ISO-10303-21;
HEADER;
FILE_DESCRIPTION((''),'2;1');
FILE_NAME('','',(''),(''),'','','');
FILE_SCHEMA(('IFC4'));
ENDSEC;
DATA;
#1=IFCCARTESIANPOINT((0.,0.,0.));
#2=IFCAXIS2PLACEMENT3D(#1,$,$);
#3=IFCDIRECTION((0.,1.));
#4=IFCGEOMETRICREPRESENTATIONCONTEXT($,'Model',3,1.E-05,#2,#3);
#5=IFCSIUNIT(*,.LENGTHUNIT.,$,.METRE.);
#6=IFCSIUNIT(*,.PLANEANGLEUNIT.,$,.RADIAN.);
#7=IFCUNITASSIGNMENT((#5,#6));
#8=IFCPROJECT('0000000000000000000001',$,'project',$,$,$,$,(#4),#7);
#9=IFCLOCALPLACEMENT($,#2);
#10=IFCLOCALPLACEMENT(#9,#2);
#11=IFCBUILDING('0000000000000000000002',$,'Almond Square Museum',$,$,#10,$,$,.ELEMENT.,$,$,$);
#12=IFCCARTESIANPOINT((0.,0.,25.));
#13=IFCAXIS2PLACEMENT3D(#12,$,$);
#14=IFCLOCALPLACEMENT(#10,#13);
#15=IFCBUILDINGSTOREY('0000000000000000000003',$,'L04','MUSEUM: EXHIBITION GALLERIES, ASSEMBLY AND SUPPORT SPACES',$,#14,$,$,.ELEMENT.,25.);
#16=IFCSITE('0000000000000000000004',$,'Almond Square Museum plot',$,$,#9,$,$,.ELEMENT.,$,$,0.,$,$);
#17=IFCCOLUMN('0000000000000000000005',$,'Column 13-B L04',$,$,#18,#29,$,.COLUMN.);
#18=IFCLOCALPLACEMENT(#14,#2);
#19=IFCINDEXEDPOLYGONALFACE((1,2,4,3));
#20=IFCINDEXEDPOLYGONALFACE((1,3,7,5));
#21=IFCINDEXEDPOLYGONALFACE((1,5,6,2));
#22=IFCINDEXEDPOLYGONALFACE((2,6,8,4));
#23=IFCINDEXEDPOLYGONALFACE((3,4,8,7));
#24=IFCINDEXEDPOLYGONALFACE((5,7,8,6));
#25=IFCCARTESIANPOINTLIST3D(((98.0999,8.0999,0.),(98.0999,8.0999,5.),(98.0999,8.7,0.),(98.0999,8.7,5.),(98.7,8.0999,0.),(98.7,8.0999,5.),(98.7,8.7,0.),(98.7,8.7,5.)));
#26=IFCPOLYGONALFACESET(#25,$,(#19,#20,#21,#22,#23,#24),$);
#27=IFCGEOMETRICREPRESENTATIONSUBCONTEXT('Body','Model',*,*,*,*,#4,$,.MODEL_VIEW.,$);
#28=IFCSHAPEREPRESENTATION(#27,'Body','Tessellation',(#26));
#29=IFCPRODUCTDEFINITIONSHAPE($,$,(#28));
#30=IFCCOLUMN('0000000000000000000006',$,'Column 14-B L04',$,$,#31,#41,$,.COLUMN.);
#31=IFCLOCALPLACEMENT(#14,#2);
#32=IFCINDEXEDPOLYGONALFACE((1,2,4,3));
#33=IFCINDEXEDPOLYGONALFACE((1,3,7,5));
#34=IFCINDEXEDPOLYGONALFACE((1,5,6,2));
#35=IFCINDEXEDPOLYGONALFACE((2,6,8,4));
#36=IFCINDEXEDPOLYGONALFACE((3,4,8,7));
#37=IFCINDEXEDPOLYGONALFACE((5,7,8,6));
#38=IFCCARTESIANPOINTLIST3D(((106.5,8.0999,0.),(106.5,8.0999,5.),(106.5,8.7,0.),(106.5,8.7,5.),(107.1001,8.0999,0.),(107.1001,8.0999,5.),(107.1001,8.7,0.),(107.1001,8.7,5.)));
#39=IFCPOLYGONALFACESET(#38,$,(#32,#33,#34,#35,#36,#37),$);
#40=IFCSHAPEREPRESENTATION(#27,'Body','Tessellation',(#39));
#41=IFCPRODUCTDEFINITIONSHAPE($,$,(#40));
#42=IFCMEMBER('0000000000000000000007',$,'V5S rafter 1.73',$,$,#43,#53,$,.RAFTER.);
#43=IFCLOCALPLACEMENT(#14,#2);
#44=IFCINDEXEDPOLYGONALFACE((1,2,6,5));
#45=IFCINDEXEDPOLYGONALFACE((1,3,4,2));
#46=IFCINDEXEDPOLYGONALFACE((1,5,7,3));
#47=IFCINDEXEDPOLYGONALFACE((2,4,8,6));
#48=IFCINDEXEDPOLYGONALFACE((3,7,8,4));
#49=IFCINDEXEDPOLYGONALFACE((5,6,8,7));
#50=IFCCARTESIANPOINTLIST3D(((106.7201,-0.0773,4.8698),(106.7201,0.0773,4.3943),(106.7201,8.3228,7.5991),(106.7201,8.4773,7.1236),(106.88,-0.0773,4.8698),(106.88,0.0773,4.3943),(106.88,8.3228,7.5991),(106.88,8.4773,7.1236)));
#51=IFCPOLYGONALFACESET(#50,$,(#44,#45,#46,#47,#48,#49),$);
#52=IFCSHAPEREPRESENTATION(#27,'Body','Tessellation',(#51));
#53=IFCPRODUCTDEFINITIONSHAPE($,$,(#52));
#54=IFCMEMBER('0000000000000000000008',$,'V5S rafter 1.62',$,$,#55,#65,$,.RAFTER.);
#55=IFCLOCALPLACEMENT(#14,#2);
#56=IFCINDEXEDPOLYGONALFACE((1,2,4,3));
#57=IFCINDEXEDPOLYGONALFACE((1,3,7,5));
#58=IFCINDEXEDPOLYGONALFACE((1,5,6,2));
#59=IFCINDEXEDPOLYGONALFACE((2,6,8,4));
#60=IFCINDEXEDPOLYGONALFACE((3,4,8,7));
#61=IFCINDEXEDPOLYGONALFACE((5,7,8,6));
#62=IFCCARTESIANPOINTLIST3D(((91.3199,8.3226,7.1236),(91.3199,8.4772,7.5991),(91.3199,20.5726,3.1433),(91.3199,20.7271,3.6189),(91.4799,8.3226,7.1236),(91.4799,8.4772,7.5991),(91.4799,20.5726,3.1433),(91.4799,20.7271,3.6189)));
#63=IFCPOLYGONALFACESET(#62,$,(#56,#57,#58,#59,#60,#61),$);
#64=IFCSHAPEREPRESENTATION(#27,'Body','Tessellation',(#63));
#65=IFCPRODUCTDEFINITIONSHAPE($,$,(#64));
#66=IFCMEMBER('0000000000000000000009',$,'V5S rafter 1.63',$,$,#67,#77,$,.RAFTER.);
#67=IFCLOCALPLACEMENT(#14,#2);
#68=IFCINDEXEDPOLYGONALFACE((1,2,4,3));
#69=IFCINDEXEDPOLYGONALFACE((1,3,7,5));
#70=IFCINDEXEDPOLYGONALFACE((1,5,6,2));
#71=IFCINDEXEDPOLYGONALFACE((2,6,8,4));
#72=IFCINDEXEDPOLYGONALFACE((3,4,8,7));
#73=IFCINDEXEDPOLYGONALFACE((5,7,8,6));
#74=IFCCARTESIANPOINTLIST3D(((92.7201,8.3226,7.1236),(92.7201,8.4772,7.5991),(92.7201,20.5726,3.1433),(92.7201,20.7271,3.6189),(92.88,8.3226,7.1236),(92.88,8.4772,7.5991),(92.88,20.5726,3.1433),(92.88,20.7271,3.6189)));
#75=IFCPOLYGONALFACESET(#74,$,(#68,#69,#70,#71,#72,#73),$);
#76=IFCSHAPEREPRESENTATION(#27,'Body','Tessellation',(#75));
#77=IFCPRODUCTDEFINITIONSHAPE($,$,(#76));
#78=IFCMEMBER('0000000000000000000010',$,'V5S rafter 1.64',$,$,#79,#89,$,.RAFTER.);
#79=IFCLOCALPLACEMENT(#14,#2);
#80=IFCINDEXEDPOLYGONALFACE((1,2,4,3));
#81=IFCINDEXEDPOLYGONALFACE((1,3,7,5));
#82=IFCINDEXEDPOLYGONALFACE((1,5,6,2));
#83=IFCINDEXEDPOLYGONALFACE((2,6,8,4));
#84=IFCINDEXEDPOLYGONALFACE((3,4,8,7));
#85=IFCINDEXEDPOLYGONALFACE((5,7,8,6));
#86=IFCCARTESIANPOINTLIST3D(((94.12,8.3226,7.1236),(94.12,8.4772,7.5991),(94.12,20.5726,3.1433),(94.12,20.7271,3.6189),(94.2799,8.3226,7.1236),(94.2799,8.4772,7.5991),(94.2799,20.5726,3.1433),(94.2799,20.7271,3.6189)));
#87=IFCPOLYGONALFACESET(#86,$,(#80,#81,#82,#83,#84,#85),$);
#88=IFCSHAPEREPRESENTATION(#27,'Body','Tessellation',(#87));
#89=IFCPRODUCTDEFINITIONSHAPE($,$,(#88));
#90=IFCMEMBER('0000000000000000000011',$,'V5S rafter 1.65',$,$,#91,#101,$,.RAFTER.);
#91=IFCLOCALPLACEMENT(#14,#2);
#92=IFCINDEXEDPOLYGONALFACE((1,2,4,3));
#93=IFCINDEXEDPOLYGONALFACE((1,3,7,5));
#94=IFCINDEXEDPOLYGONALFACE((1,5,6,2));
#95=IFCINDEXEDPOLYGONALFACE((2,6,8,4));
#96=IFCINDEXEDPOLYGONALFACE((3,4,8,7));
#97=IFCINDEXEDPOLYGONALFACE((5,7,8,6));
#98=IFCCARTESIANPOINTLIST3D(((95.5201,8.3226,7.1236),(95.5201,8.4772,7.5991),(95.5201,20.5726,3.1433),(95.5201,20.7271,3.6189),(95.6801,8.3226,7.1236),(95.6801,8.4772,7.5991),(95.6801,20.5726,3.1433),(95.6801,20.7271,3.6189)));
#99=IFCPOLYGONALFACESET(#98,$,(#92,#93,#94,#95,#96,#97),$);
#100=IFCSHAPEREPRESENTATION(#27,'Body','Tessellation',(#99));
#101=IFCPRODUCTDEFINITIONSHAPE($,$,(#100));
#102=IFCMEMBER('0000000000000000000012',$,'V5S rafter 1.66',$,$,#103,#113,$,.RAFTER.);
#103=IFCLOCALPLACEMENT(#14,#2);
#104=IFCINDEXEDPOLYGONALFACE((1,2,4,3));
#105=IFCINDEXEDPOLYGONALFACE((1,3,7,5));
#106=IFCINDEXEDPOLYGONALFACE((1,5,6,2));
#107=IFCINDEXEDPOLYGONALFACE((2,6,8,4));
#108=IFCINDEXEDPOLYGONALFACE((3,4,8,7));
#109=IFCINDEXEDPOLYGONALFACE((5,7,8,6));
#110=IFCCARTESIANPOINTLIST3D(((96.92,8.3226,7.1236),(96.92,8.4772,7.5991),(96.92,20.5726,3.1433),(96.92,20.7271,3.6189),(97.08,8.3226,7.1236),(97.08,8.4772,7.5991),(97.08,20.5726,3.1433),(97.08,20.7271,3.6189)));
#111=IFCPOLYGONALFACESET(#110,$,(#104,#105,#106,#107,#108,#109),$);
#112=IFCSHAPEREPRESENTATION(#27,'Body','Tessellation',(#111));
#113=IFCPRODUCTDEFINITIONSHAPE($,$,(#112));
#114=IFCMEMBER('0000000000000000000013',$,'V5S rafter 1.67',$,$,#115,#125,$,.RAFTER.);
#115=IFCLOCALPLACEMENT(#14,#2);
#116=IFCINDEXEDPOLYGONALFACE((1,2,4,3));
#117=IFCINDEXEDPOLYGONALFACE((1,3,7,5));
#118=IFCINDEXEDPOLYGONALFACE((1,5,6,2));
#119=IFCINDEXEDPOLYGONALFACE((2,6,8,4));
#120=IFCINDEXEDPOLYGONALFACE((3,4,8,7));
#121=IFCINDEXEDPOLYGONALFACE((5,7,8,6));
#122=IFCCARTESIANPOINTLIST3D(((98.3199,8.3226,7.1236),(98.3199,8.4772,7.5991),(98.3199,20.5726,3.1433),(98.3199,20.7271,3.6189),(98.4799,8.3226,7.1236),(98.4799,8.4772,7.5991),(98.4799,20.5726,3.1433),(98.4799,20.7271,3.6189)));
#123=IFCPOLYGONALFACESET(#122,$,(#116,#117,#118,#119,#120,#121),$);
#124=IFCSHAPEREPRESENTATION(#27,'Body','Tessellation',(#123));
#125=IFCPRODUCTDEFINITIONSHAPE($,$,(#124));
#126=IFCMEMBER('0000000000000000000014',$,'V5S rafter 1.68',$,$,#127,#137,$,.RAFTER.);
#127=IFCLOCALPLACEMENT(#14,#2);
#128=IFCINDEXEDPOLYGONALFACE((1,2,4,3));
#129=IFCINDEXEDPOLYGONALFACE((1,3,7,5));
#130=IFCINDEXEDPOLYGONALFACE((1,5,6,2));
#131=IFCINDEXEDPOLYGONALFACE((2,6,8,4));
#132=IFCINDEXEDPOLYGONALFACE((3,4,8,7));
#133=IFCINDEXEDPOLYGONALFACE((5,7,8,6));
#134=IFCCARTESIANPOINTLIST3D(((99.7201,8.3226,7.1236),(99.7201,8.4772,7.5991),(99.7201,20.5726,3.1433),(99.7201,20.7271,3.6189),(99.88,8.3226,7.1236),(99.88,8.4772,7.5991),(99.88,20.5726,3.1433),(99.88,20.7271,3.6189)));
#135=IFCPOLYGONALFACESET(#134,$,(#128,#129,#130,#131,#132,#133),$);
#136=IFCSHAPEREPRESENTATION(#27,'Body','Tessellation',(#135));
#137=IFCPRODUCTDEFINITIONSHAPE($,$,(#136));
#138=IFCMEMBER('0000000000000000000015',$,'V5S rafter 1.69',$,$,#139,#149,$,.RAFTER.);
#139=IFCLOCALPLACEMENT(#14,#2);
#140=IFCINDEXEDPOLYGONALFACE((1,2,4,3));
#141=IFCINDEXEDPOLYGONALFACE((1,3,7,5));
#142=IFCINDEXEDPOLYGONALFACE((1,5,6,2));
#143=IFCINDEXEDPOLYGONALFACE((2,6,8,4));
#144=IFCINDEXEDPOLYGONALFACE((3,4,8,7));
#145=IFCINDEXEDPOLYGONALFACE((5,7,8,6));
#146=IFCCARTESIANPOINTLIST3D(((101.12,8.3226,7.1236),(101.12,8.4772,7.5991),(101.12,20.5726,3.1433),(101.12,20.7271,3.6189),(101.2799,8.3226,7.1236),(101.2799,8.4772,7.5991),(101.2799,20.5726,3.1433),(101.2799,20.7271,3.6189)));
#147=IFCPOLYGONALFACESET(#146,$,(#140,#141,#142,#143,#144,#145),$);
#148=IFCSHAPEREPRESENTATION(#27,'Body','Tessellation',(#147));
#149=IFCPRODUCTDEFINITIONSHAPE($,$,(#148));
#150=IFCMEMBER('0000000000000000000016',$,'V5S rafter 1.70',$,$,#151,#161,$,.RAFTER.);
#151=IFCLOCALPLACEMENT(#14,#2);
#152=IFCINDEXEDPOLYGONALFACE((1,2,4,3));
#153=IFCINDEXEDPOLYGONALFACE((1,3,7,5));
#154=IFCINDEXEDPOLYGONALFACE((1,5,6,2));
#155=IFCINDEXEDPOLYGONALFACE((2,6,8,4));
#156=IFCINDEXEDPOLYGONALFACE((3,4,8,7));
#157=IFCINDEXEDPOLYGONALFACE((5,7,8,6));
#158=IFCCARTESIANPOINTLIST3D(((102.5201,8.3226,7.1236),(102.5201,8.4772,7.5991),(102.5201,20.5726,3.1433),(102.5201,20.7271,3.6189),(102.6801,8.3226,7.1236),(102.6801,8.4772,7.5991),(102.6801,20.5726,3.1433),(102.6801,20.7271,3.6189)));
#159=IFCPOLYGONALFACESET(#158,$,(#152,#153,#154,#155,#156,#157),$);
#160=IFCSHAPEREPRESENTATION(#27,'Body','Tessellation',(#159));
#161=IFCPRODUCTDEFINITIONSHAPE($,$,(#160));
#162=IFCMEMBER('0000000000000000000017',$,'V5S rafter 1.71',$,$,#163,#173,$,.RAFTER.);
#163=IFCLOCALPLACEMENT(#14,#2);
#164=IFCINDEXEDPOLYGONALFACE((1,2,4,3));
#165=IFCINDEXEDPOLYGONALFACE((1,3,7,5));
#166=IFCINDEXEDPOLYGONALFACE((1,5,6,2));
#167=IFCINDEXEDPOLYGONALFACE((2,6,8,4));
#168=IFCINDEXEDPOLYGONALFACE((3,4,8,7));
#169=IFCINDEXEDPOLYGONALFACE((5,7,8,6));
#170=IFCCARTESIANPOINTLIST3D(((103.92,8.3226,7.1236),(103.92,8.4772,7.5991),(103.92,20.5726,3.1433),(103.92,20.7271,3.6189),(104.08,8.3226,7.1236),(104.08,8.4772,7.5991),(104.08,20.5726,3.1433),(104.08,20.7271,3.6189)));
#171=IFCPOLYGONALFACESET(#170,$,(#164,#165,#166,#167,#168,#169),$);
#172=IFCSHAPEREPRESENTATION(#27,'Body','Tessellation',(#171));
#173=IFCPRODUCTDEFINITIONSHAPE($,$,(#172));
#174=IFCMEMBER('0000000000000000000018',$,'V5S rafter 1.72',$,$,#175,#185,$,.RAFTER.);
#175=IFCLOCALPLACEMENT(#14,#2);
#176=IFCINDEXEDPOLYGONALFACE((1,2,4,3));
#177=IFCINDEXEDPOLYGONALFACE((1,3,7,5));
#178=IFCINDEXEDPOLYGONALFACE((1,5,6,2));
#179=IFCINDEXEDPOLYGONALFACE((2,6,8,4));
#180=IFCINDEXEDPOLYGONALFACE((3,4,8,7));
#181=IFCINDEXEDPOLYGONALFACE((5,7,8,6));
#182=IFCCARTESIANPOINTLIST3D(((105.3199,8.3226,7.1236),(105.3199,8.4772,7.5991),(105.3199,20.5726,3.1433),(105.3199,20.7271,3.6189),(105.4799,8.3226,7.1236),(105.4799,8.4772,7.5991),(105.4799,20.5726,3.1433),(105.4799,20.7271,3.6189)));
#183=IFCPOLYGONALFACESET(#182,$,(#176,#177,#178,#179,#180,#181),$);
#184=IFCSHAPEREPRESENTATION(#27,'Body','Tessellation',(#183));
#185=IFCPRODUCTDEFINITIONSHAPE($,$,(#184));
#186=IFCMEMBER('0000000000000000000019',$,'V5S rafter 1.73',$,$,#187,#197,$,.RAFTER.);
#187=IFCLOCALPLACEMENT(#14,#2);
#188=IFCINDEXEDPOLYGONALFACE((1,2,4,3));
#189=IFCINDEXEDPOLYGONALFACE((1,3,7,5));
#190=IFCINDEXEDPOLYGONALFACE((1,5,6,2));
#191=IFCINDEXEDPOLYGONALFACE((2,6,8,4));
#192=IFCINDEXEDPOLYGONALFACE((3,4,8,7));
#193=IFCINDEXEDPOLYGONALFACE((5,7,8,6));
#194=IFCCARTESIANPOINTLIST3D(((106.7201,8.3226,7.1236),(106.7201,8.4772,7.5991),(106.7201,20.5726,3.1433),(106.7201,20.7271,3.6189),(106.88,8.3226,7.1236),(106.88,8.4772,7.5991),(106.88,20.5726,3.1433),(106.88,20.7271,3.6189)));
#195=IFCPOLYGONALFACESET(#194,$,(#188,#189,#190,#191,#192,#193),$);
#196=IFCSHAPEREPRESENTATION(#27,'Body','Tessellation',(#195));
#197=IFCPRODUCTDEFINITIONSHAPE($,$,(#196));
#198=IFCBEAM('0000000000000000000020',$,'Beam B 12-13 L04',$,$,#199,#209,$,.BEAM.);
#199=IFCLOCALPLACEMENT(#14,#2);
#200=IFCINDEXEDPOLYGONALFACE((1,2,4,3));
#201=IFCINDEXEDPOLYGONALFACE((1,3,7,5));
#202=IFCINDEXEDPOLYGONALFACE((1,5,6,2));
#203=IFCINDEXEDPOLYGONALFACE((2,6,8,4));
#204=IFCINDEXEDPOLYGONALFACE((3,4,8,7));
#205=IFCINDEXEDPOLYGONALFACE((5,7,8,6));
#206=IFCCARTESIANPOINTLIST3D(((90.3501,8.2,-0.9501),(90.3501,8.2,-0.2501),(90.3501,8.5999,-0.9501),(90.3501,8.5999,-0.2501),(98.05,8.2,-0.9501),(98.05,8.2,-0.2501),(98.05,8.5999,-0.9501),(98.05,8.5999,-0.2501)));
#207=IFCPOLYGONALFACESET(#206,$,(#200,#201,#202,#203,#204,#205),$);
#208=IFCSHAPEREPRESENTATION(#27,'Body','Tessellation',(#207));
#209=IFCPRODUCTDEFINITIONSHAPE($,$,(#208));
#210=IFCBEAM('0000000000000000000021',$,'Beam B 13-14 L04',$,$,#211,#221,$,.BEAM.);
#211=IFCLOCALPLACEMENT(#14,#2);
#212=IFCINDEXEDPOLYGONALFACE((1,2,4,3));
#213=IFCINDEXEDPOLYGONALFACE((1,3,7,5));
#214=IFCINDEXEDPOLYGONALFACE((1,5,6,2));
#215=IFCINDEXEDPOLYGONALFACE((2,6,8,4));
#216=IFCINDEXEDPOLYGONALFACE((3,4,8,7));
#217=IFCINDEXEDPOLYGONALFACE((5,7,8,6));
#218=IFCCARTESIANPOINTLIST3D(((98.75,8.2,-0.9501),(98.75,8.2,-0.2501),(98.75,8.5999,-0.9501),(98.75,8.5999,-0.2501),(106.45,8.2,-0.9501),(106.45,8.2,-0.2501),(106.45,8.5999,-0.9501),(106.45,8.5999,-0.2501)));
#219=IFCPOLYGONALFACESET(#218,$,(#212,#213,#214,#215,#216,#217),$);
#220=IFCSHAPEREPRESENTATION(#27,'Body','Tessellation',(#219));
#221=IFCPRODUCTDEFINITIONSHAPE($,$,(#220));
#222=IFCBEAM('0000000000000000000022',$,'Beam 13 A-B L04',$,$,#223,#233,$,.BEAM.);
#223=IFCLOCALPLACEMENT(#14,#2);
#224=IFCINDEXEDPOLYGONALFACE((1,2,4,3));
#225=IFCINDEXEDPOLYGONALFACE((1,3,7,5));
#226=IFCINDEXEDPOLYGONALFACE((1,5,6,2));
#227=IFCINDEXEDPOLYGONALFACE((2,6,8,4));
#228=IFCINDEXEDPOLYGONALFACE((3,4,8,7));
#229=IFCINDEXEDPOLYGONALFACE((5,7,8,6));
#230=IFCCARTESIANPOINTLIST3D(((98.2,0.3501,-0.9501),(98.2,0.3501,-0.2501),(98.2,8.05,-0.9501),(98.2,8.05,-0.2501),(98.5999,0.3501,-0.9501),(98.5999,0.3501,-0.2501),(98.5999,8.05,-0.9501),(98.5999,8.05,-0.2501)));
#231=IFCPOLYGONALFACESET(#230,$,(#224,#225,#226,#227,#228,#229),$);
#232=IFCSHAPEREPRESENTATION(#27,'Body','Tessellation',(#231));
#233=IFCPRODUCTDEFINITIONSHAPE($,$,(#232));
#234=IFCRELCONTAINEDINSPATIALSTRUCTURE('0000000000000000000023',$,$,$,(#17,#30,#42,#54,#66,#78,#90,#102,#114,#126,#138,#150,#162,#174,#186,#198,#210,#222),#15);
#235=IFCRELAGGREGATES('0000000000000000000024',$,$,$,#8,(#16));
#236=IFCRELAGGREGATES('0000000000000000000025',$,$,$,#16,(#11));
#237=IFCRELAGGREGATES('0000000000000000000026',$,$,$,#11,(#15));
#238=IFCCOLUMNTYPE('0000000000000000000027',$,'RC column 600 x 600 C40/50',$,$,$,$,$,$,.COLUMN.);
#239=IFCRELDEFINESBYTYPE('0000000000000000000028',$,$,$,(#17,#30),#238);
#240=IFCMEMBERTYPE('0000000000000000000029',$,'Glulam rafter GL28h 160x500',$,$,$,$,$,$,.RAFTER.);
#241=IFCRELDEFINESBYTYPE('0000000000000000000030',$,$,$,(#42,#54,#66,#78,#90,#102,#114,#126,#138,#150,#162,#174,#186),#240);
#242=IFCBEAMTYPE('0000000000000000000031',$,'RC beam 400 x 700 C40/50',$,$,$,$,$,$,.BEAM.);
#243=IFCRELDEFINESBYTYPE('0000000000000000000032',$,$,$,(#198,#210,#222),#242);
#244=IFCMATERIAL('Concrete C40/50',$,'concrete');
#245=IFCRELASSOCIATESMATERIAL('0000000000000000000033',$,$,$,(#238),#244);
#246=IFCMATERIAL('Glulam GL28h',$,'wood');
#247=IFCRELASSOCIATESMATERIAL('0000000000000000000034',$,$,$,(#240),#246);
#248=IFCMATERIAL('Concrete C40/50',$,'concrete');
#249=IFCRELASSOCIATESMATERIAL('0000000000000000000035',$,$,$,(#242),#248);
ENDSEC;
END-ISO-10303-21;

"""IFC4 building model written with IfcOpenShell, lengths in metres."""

from ifc_helpers import new_model, si_unit, direction, frame, origin, origin_2d, place, context, subcontext, project, spatial, rectangle, extrude, material, material_profile, profile_set, type_object, element, save


model = new_model("IFC4")

# Units and contexts
model_context = context("Model", 3, precision=1e-05, world=origin(), true_north=direction((0.0, 1.0)))
body_context = subcontext(model_context, "Body", "Model", "MODEL_VIEW")
ifc_project = project(units=[si_unit("LENGTHUNIT", "METRE"), si_unit("PLANEANGLEUNIT", "RADIAN")], contexts=[model_context])

# Site, building, storey
site_placement = place(None, origin())
site = spatial("IfcSite", under=ifc_project, at=site_placement, Name="Almond Square Museum plot", CompositionType="ELEMENT", RefElevation=0.0)
building_placement = place(site_placement, origin())
building = spatial("IfcBuilding", under=site, at=building_placement, Name="Almond Square Museum", CompositionType="ELEMENT")
storey_placement = place(building_placement, frame((0.0, 0.0, 25.0)))
storey = spatial("IfcBuildingStorey", under=building, at=storey_placement, Name="L04", Description="MUSEUM: EXHIBITION GALLERIES, ASSEMBLY AND SUPPORT SPACES", CompositionType="ELEMENT", Elevation=25.0)

# Columns
ifc_material_1 = material(Name="Concrete C40/50", Category="concrete")
ifc_material_profile_1 = material_profile(ifc_material_1, rectangle(XDim=0.6001, YDim=0.6001, at=origin_2d()))
ifc_profile_set_1 = profile_set([ifc_material_profile_1], Name="Concrete C40/50")
column_type = type_object("IfcColumnType", Name="RC column 600 x 600 C40/50", PredefinedType="COLUMN", material=ifc_profile_set_1)
for number, where, z_axis, x_axis, name in (
    (1, (98.3999, 8.3999, 0.0), (0.0, 0.0, 1.0), (1.0, 0.0, 0.0), "Column 13-B L04"),
    (2, (106.8, 8.3999, 0.0), (0.0, 0.0, 1.0), (1.0, 0.0, 0.0), "Column 14-B L04"),
):
    element("IfcColumn", number, at=place(storey_placement, frame(where, z_axis=z_axis, x_axis=x_axis)), inside=storey, type_object=column_type, Name=name, PredefinedType="COLUMN", context=body_context, shape_type="SweptSolid", body=[
        extrude(rectangle(XDim=0.6001, YDim=0.6001, at=origin_2d()), origin(), (0.0, 0.0, 1.0), 5.0),
    ])

# Members
ifc_material_2 = material(Name="Glulam GL28h", Category="wood")
ifc_material_profile_2 = material_profile(ifc_material_2, rectangle(XDim=0.1599, YDim=0.5, at=origin_2d()))
ifc_profile_set_2 = profile_set([ifc_material_profile_2], Name="Glulam GL28h")
member_type = type_object("IfcMemberType", Name="Glulam rafter GL28h 160x500", PredefinedType="RAFTER", material=ifc_profile_set_2)
member_placement = place(storey_placement, frame((106.8, 0.0, 4.6321), z_axis=(0.0, 0.951058, 0.309012), x_axis=(-1.0, 0.0, 0.0)))
element("IfcMember", 3, at=member_placement, inside=storey, type_object=member_type, Name="V5S rafter 1.73", PredefinedType="RAFTER", context=body_context, shape_type="SweptSolid", body=[
    extrude(rectangle(XDim=0.1599, YDim=0.5, at=origin_2d()), origin(), (0.0, 0.0, 1.0), 8.8323),
])
for number, where, z_axis, x_axis, name in (
    (4, (91.3999, 8.3999, 7.3613), (0.0, 0.951057, -0.309014), (-1.0, 0.0, 0.0), "V5S rafter 1.62"),
    (5, (92.8, 8.3999, 7.3613), (0.0, 0.951057, -0.309014), (-1.0, 0.0, 0.0), "V5S rafter 1.63"),
    (6, (94.2, 8.3999, 7.3613), (0.0, 0.951057, -0.309014), (-1.0, 0.0, 0.0), "V5S rafter 1.64"),
    (7, (95.6001, 8.3999, 7.3613), (0.0, 0.951057, -0.309014), (-1.0, 0.0, 0.0), "V5S rafter 1.65"),
    (8, (97.0, 8.3999, 7.3613), (0.0, 0.951057, -0.309014), (-1.0, 0.0, 0.0), "V5S rafter 1.66"),
    (9, (98.3999, 8.3999, 7.3613), (0.0, 0.951057, -0.309014), (-1.0, 0.0, 0.0), "V5S rafter 1.67"),
    (10, (99.8, 8.3999, 7.3613), (0.0, 0.951057, -0.309014), (-1.0, 0.0, 0.0), "V5S rafter 1.68"),
    (11, (101.2, 8.3999, 7.3613), (0.0, 0.951057, -0.309014), (-1.0, 0.0, 0.0), "V5S rafter 1.69"),
    (12, (102.6001, 8.3999, 7.3613), (0.0, 0.951057, -0.309014), (-1.0, 0.0, 0.0), "V5S rafter 1.70"),
    (13, (104.0, 8.3999, 7.3613), (0.0, 0.951057, -0.309014), (-1.0, 0.0, 0.0), "V5S rafter 1.71"),
    (14, (105.3999, 8.3999, 7.3613), (0.0, 0.951057, -0.309014), (-1.0, 0.0, 0.0), "V5S rafter 1.72"),
    (15, (106.8, 8.3999, 7.3613), (0.0, 0.951057, -0.309014), (-1.0, 0.0, 0.0), "V5S rafter 1.73"),
):
    element("IfcMember", number, at=place(storey_placement, frame(where, z_axis=z_axis, x_axis=x_axis)), inside=storey, type_object=member_type, Name=name, PredefinedType="RAFTER", context=body_context, shape_type="SweptSolid", body=[
        extrude(rectangle(XDim=0.1599, YDim=0.5, at=origin_2d()), origin(), (0.0, 0.0, 1.0), 12.8804),
    ])

# Beams
ifc_material_3 = material(Name="Concrete C40/50", Category="concrete")
ifc_material_profile_3 = material_profile(ifc_material_3, rectangle(XDim=0.3999, YDim=0.7, at=origin_2d()))
ifc_profile_set_3 = profile_set([ifc_material_profile_3], Name="Concrete C40/50")
beam_type_1 = type_object("IfcBeamType", Name="RC beam 400 x 700 C40/50", PredefinedType="BEAM", material=ifc_profile_set_3)
for number, where, z_axis, x_axis, name in (
    (16, (90.3501, 8.3999, -0.6001), (1.0, 0.0, 0.0), (0.0, 1.0, 0.0), "Beam B 12-13 L04"),
    (17, (98.75, 8.3999, -0.6001), (1.0, 0.0, 0.0), (0.0, 1.0, 0.0), "Beam B 13-14 L04"),
    (18, (98.3999, 0.3501, -0.6001), (0.0, 1.0, 0.0), (-1.0, 0.0, 0.0), "Beam 13 A-B L04"),
):
    element("IfcBeam", number, at=place(storey_placement, frame(where, z_axis=z_axis, x_axis=x_axis)), inside=storey, type_object=beam_type_1, Name=name, PredefinedType="BEAM", context=body_context, shape_type="SweptSolid", body=[
        extrude(rectangle(XDim=0.3999, YDim=0.7, at=origin_2d()), origin(), (0.0, 0.0, 1.0), 7.7),
    ])

save(model, "model.ifc")
